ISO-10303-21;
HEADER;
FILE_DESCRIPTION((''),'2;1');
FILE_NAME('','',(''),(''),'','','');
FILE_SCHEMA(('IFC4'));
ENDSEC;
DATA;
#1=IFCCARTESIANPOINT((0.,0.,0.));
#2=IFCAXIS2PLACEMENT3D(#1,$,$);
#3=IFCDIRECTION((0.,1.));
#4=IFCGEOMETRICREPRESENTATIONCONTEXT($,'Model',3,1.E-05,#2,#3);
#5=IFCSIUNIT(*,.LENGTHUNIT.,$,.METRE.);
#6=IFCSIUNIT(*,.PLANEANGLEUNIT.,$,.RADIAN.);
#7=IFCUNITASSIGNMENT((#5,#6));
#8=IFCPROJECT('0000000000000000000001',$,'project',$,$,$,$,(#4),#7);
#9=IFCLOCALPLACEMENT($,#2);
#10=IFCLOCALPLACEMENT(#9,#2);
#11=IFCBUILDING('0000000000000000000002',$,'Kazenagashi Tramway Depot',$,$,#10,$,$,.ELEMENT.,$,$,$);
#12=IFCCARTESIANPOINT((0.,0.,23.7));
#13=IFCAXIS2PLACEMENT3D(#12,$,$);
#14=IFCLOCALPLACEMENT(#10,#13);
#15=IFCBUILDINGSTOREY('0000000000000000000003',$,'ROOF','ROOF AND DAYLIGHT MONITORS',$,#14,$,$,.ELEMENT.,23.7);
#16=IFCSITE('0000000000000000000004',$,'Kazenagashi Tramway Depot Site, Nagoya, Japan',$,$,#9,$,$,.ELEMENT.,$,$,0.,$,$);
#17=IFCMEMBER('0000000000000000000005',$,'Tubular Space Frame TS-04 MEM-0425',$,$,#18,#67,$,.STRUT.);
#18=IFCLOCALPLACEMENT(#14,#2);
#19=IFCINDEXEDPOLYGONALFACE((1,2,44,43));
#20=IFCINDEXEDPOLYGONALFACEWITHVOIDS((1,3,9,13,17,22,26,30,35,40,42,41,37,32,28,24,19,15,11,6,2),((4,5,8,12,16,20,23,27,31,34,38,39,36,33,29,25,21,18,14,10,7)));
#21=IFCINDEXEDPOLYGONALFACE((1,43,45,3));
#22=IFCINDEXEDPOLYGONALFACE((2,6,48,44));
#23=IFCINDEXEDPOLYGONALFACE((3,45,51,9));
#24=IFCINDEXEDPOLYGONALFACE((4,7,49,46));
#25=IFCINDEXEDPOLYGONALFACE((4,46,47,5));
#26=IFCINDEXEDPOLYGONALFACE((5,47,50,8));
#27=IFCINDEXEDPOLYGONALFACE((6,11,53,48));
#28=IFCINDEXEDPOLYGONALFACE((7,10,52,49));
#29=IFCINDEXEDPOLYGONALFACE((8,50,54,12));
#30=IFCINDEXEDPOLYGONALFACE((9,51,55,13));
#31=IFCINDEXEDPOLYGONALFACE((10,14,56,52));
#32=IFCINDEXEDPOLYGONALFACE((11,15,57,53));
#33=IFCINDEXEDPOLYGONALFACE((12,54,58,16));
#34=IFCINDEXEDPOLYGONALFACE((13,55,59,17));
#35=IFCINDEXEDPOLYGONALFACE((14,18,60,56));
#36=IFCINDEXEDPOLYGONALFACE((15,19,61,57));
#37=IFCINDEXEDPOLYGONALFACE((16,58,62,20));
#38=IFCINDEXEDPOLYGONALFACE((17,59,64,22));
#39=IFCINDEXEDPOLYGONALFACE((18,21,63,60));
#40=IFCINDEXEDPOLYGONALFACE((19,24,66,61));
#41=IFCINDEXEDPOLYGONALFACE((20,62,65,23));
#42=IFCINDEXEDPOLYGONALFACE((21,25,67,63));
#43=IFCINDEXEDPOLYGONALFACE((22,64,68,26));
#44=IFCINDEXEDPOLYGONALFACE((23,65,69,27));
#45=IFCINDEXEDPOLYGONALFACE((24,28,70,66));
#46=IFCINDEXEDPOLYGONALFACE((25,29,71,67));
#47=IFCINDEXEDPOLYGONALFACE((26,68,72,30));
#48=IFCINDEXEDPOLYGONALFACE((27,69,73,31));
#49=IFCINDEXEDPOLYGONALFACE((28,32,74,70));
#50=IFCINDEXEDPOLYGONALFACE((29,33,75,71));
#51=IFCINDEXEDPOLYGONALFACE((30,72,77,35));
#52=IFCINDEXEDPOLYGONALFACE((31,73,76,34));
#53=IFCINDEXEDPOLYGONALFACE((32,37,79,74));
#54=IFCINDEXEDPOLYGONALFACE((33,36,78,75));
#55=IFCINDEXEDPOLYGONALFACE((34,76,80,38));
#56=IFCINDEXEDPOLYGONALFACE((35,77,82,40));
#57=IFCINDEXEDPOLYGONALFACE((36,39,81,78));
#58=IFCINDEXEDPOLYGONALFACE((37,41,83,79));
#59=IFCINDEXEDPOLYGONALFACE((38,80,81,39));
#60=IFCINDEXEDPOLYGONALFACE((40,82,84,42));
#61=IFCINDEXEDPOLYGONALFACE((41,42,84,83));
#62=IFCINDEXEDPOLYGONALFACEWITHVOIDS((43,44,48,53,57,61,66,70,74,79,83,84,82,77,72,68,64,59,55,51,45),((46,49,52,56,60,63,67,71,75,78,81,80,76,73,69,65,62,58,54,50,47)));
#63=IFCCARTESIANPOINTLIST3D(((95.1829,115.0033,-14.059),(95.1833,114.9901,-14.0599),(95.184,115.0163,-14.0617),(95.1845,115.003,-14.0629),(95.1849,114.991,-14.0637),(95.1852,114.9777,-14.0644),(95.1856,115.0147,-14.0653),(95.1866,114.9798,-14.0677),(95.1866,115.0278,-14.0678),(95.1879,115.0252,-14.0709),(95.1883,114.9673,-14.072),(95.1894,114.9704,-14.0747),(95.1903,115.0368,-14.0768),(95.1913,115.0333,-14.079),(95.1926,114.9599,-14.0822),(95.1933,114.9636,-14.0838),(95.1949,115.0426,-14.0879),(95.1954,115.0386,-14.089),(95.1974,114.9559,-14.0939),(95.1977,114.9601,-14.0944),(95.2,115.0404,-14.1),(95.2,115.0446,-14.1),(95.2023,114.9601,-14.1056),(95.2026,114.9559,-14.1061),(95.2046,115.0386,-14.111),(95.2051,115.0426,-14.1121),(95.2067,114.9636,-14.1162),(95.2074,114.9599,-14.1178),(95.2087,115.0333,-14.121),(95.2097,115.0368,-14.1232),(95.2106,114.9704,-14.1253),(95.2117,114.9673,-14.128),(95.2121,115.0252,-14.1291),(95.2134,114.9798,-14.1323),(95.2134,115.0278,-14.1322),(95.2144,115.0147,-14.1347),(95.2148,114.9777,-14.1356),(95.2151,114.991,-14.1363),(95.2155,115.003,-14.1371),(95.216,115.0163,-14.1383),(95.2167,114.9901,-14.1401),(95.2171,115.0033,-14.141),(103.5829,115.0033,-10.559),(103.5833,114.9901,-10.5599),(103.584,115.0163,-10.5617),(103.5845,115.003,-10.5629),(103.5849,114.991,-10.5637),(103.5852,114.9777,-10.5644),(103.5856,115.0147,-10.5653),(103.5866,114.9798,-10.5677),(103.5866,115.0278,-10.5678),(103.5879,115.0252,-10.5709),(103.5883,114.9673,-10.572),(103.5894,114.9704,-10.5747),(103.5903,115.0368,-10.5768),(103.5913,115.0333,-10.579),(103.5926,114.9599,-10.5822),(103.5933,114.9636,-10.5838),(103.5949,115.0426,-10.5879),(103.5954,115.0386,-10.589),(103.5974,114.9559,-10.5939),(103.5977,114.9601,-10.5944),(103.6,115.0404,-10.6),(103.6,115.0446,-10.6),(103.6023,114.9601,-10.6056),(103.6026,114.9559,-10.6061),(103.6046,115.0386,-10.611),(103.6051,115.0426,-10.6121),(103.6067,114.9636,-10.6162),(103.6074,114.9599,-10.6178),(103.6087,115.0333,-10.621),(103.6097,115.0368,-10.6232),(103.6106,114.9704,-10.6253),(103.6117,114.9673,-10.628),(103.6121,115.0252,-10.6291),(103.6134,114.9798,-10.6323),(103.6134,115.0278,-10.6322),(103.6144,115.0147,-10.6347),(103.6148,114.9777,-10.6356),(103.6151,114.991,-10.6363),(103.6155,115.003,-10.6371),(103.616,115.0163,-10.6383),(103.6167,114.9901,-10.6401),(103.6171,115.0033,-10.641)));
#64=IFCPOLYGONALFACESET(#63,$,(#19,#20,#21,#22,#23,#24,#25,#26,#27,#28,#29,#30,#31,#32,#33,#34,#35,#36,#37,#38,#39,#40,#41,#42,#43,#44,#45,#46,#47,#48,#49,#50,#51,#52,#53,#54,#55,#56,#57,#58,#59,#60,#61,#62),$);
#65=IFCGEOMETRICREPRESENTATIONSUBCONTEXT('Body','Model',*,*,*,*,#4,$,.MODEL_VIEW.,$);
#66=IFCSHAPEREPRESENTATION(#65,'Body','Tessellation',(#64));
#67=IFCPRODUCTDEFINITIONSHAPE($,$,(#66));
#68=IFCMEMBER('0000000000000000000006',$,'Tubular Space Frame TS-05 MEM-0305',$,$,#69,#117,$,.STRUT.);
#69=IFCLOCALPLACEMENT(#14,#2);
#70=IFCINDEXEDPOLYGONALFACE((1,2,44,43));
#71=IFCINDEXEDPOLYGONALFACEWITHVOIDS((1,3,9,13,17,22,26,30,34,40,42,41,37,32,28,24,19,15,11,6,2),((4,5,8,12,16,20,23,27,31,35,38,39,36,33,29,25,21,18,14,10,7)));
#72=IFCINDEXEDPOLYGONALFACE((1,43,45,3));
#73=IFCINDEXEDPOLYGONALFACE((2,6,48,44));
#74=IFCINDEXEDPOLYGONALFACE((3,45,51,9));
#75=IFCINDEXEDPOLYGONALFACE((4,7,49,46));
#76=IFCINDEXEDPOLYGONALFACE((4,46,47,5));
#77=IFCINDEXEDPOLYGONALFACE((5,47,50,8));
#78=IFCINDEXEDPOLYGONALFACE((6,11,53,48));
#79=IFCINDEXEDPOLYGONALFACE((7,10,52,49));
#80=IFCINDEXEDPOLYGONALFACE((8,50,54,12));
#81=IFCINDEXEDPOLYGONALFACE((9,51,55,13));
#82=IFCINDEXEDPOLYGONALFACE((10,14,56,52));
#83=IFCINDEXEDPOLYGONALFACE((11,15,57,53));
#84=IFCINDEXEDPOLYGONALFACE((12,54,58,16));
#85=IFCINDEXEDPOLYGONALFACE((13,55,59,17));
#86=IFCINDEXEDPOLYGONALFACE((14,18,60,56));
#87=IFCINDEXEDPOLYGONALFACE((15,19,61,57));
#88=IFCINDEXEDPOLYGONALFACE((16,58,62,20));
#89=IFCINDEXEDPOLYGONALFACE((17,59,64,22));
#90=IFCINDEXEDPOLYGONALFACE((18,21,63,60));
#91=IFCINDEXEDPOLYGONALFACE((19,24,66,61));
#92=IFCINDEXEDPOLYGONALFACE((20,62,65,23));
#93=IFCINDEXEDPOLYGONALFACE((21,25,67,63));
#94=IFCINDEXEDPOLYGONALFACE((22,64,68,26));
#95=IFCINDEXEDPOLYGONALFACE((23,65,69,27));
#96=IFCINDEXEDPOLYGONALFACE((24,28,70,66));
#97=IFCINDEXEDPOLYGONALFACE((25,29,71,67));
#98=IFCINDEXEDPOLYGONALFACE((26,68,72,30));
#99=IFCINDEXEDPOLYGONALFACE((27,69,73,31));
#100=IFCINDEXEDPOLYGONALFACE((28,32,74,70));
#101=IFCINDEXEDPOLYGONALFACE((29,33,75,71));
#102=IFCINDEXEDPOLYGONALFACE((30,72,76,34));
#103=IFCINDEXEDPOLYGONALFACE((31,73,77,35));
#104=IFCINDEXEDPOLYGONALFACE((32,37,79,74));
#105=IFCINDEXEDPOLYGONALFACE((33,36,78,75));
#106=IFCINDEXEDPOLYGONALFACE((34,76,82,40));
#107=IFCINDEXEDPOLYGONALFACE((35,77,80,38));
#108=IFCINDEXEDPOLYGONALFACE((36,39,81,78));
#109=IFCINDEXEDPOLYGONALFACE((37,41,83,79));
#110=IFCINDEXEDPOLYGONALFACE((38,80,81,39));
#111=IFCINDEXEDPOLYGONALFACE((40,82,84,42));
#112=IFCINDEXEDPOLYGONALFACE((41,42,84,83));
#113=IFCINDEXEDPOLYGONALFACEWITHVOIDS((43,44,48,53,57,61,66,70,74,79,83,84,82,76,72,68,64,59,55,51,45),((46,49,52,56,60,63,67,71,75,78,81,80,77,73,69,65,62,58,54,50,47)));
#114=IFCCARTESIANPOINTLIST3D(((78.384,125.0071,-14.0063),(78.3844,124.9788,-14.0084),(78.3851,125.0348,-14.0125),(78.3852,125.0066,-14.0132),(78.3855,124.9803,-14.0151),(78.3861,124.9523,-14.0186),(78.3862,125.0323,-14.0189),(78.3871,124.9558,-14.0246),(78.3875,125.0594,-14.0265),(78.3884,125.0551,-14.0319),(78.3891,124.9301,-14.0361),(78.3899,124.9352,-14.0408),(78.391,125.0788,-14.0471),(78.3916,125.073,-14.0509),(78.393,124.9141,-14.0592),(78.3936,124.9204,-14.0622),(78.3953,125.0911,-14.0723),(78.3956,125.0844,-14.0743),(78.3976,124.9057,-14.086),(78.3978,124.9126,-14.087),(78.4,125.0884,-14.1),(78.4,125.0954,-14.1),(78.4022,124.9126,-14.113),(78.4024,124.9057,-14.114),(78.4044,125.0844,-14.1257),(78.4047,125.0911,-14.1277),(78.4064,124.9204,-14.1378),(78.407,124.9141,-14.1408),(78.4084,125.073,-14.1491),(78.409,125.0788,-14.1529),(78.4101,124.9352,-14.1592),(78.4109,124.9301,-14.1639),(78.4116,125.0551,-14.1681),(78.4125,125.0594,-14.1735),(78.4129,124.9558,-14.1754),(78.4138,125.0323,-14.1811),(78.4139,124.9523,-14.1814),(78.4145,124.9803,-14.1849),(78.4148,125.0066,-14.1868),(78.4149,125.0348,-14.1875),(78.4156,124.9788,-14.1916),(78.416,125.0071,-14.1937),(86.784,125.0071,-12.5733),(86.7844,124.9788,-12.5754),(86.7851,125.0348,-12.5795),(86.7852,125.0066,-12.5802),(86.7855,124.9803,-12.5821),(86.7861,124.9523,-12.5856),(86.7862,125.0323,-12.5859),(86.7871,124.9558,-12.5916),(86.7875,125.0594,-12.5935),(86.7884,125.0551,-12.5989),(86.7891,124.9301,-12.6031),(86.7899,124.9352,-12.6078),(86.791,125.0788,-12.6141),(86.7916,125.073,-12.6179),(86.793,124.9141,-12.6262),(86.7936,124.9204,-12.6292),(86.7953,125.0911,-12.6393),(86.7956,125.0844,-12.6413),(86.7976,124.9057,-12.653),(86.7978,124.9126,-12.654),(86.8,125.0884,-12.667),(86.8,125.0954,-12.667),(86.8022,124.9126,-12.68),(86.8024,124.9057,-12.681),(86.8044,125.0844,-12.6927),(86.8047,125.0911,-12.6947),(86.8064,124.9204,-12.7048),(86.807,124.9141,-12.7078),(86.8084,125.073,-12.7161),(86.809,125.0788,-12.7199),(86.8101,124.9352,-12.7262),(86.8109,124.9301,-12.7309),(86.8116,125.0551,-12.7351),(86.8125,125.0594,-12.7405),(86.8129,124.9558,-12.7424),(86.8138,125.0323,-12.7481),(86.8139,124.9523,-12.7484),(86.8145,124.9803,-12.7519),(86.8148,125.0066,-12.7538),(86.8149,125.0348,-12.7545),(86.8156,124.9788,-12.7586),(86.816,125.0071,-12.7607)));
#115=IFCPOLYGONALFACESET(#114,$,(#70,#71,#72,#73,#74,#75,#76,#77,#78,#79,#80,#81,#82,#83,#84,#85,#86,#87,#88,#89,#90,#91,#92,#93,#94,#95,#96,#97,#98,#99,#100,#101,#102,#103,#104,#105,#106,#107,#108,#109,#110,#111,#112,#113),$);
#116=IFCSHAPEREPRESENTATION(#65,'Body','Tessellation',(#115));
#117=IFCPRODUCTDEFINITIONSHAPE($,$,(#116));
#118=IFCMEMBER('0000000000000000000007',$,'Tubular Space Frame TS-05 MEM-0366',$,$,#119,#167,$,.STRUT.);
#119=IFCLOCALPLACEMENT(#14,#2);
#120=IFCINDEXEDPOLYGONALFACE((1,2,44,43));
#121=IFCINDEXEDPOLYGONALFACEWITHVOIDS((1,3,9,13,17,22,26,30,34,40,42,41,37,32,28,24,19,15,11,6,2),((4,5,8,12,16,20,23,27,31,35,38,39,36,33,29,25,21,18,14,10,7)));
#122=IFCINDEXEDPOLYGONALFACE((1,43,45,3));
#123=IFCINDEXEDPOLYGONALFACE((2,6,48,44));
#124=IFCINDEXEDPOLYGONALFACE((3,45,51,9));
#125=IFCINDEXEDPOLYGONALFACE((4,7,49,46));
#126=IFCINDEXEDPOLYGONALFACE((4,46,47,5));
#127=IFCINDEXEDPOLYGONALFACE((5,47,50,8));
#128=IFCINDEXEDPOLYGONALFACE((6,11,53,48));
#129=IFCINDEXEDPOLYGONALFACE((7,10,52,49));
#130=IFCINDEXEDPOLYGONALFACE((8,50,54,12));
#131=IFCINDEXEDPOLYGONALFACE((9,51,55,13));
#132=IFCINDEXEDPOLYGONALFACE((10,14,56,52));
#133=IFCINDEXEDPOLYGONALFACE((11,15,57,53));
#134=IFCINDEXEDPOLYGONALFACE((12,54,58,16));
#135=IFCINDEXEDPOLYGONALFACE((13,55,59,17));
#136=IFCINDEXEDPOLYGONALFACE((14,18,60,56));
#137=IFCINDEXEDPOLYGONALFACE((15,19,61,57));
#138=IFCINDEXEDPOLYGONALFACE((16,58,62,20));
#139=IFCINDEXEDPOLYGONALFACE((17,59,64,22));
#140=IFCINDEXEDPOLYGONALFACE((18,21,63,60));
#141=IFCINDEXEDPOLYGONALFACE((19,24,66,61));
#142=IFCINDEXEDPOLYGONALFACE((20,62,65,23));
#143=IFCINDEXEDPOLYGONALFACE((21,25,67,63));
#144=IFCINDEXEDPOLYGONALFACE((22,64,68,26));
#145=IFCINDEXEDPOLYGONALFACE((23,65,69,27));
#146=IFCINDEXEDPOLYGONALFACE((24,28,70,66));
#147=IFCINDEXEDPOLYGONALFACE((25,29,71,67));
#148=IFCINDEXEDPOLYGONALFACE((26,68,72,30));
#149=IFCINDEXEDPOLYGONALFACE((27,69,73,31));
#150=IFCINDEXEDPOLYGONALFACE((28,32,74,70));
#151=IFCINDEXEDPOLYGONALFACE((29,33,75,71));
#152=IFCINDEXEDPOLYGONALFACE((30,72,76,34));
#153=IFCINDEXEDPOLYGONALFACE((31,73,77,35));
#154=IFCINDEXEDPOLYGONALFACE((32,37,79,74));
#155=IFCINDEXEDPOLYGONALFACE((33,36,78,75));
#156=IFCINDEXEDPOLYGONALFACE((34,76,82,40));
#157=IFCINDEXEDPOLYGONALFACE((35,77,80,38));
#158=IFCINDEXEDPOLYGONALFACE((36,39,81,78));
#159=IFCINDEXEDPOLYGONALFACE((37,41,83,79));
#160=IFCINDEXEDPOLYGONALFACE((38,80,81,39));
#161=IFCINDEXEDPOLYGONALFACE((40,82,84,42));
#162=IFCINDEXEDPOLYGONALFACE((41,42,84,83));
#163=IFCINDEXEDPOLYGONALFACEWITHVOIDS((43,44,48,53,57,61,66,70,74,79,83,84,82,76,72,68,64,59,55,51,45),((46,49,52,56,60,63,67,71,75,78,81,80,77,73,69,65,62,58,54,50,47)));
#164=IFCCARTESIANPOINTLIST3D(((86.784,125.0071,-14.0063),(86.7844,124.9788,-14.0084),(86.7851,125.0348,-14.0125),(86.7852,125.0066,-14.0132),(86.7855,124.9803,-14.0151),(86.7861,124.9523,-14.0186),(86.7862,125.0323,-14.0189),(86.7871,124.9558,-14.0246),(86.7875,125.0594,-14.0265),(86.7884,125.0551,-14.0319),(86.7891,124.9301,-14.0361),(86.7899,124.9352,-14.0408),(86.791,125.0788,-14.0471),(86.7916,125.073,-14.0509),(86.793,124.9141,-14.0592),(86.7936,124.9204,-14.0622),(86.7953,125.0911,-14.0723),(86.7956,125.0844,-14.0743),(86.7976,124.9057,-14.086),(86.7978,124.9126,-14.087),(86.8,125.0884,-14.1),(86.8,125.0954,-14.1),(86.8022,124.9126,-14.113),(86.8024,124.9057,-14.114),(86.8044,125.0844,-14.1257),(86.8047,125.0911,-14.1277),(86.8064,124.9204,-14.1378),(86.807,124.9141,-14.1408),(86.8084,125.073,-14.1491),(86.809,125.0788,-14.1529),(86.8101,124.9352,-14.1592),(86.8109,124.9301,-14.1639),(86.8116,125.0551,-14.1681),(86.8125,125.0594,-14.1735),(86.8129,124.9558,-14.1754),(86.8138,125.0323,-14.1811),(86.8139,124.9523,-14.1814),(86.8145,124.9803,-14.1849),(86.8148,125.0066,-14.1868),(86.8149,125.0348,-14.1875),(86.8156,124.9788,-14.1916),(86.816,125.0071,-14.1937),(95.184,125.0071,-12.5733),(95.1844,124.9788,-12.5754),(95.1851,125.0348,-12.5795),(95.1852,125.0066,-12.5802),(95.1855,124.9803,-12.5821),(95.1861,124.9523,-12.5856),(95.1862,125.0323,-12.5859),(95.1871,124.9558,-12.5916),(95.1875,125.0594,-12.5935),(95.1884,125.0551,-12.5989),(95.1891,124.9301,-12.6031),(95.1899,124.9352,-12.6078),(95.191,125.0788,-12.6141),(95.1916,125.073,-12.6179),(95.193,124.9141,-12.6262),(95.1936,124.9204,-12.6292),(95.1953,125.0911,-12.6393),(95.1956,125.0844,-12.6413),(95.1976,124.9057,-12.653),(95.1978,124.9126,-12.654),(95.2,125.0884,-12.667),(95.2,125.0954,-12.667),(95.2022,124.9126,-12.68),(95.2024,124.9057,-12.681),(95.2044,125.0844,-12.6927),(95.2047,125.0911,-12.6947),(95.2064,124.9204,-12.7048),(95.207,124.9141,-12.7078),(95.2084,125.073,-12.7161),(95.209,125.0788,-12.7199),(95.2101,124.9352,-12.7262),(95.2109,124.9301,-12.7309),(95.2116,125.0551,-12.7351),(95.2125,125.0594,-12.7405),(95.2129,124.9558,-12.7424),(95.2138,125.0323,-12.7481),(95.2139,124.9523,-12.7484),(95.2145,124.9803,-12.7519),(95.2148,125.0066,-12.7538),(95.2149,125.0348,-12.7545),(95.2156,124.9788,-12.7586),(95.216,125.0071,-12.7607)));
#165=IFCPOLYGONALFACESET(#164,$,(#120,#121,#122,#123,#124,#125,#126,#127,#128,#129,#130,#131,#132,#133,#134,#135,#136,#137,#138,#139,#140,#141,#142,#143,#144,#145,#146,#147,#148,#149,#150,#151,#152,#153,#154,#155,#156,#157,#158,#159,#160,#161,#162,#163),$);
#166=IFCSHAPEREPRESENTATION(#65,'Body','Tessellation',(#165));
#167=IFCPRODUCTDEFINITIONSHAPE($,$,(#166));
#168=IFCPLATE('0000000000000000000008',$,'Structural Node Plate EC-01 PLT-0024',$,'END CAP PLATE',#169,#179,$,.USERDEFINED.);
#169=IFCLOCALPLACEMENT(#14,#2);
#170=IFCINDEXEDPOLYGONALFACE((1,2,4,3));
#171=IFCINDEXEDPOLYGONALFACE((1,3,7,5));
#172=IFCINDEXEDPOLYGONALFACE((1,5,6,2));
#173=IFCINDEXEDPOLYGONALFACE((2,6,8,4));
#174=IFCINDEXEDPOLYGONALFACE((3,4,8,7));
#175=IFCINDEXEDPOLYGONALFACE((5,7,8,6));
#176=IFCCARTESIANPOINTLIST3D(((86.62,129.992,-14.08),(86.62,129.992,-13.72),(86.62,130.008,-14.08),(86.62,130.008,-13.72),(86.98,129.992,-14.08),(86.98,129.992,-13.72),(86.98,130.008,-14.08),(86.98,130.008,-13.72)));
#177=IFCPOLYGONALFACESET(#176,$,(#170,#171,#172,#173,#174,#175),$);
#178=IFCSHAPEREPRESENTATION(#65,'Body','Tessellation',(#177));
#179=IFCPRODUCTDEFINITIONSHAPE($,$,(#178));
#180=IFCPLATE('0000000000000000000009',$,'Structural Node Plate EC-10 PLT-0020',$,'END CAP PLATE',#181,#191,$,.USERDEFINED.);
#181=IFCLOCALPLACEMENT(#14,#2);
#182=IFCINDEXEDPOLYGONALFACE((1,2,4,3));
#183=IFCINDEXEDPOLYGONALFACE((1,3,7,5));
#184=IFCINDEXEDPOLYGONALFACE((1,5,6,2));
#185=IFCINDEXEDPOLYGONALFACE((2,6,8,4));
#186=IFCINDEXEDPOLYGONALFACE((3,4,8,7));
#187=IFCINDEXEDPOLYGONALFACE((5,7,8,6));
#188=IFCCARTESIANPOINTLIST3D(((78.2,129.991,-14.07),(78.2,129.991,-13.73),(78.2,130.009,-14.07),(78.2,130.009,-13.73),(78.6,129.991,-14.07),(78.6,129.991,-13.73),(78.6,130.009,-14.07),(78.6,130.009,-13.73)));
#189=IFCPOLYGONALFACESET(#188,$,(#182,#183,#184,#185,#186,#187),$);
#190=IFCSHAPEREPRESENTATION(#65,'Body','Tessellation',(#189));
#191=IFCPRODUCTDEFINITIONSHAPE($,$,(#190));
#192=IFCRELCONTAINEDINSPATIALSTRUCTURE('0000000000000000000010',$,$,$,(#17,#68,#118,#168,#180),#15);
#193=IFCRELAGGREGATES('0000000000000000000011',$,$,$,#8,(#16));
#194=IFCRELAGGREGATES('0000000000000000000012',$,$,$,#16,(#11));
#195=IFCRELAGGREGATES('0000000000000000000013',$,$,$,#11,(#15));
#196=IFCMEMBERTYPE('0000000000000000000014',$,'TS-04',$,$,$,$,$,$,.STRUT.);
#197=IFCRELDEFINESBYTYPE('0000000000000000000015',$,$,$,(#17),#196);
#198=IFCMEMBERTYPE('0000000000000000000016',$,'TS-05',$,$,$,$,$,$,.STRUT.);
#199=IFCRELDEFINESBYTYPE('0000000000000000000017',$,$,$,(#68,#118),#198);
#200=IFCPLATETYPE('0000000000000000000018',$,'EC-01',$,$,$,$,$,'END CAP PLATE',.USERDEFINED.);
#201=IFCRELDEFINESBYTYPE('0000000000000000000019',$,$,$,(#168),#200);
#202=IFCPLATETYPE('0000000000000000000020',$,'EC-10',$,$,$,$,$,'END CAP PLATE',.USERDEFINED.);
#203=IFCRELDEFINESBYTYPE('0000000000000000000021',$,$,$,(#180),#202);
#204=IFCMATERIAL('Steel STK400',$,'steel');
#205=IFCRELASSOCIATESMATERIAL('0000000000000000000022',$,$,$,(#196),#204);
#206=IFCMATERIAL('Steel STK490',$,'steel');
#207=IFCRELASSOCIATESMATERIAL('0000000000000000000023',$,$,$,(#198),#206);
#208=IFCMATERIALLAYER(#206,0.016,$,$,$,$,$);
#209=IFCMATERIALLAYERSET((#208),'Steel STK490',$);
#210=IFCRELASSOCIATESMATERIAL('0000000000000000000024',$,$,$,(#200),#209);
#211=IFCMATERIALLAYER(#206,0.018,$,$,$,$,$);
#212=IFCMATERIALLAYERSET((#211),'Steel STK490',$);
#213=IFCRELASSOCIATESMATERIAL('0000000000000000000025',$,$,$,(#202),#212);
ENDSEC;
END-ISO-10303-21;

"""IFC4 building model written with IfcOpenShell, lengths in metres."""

from ifc_helpers import new_model, si_unit, direction, frame, origin, origin_2d, place, context, subcontext, project, spatial, rectangle, hollow_circle, extrude, material, layer, layer_set, material_profile, profile_set, type_object, element, save


model = new_model("IFC4")

# Units and contexts
model_context = context("Model", 3, precision=1e-05, world=origin(), true_north=direction((0.0, 1.0)))
body_context = subcontext(model_context, "Body", "Model", "MODEL_VIEW")
ifc_project = project(units=[si_unit("LENGTHUNIT", "METRE"), si_unit("PLANEANGLEUNIT", "RADIAN")], contexts=[model_context])

# Site, building, storey
site_placement = place(None, origin())
site = spatial("IfcSite", under=ifc_project, at=site_placement, Name="Kazenagashi Tramway Depot Site, Nagoya, Japan", CompositionType="ELEMENT", RefElevation=0.0)
building_placement = place(site_placement, origin())
building = spatial("IfcBuilding", under=site, at=building_placement, Name="Kazenagashi Tramway Depot", CompositionType="ELEMENT")
storey_placement = place(building_placement, frame((0.0, 0.0, 23.7)))
storey = spatial("IfcBuildingStorey", under=building, at=storey_placement, Name="ROOF", Description="ROOF AND DAYLIGHT MONITORS", CompositionType="ELEMENT", Elevation=23.7)

# Members
ifc_material_1 = material(Name="Steel STK490", Category="steel")
ifc_material_2 = material(Name="Steel STK400", Category="steel")
ifc_material_profile_1 = material_profile(ifc_material_2, hollow_circle(Radius=0.0445, WallThickness=0.0042, at=origin_2d()), Name="CHS-89.1x4.2")
ifc_profile_set_1 = profile_set([ifc_material_profile_1], Name="Steel STK400")
member_type_1 = type_object("IfcMemberType", Name="TS-04", PredefinedType="STRUT", material=ifc_profile_set_1)
member_1_placement = place(storey_placement, frame((95.2, 115.0, -14.1), z_axis=(0.923077, 0.0, 0.384615), x_axis=(0.0, 1.0, 0.0)))
element("IfcMember", 1, at=member_1_placement, inside=storey, type_object=member_type_1, Name="Tubular Space Frame TS-04 MEM-0425", PredefinedType="STRUT", context=body_context, shape_type="SweptSolid", body=[
    extrude(hollow_circle(Radius=0.0445, WallThickness=0.0042, at=origin_2d()), origin(), (0.0, 0.0, 1.0), 9.1),
])
ifc_material_profile_2 = material_profile(ifc_material_1, hollow_circle(Radius=0.0954, WallThickness=0.007, at=origin_2d()), Name="CHS-190.7x7.0")
ifc_profile_set_2 = profile_set([ifc_material_profile_2], Name="Steel STK490")
member_type_2 = type_object("IfcMemberType", Name="TS-05", PredefinedType="STRUT", material=ifc_profile_set_2)
for number, where, z_axis, x_axis, name in (
    (2, (78.4, 125.0, -14.1), (0.985759, 0.0, 0.168166), (0.0, 1.0, 0.0), "Tubular Space Frame TS-05 MEM-0305"),
    (3, (86.8, 125.0, -14.1), (0.985759, 0.0, 0.168166), (0.0, 1.0, 0.0), "Tubular Space Frame TS-05 MEM-0366"),
):
    element("IfcMember", number, at=place(storey_placement, frame(where, z_axis=z_axis, x_axis=x_axis)), inside=storey, type_object=member_type_2, Name=name, PredefinedType="STRUT", context=body_context, shape_type="SweptSolid", body=[
        extrude(hollow_circle(Radius=0.0954, WallThickness=0.007, at=origin_2d()), origin(), (0.0, 0.0, 1.0), 8.5214),
    ])

# Plates
ifc_layer_1 = layer(ifc_material_1, 0.016)
ifc_layer_set_1 = layer_set([ifc_layer_1], Name="Steel STK490")
plate_type_1 = type_object("IfcPlateType", Name="EC-01", ElementType="END CAP PLATE", PredefinedType="USERDEFINED", material=ifc_layer_set_1)
plate_1_placement = place(storey_placement, frame((86.8, 130.0, -14.08), z_axis=(0.0, 0.0, 1.0), x_axis=(1.0, 0.0, 0.0)))
element("IfcPlate", 4, at=plate_1_placement, inside=storey, type_object=plate_type_1, Name="Structural Node Plate EC-01 PLT-0024", ObjectType="END CAP PLATE", PredefinedType="USERDEFINED", context=body_context, shape_type="SweptSolid", body=[
    extrude(rectangle(XDim=0.36, YDim=0.016, at=origin_2d()), origin(), (0.0, 0.0, 1.0), 0.36),
])
ifc_layer_2 = layer(ifc_material_1, 0.018)
ifc_layer_set_2 = layer_set([ifc_layer_2], Name="Steel STK490")
plate_type_2 = type_object("IfcPlateType", Name="EC-10", ElementType="END CAP PLATE", PredefinedType="USERDEFINED", material=ifc_layer_set_2)
plate_2_placement = place(storey_placement, frame((78.4, 130.0, -14.07), z_axis=(0.0, 0.0, 1.0), x_axis=(1.0, 0.0, 0.0)))
element("IfcPlate", 5, at=plate_2_placement, inside=storey, type_object=plate_type_2, Name="Structural Node Plate EC-10 PLT-0020", ObjectType="END CAP PLATE", PredefinedType="USERDEFINED", context=body_context, shape_type="SweptSolid", body=[
    extrude(rectangle(XDim=0.4, YDim=0.018, at=origin_2d()), origin(), (0.0, 0.0, 1.0), 0.34),
])

save(model, "model.ifc")
